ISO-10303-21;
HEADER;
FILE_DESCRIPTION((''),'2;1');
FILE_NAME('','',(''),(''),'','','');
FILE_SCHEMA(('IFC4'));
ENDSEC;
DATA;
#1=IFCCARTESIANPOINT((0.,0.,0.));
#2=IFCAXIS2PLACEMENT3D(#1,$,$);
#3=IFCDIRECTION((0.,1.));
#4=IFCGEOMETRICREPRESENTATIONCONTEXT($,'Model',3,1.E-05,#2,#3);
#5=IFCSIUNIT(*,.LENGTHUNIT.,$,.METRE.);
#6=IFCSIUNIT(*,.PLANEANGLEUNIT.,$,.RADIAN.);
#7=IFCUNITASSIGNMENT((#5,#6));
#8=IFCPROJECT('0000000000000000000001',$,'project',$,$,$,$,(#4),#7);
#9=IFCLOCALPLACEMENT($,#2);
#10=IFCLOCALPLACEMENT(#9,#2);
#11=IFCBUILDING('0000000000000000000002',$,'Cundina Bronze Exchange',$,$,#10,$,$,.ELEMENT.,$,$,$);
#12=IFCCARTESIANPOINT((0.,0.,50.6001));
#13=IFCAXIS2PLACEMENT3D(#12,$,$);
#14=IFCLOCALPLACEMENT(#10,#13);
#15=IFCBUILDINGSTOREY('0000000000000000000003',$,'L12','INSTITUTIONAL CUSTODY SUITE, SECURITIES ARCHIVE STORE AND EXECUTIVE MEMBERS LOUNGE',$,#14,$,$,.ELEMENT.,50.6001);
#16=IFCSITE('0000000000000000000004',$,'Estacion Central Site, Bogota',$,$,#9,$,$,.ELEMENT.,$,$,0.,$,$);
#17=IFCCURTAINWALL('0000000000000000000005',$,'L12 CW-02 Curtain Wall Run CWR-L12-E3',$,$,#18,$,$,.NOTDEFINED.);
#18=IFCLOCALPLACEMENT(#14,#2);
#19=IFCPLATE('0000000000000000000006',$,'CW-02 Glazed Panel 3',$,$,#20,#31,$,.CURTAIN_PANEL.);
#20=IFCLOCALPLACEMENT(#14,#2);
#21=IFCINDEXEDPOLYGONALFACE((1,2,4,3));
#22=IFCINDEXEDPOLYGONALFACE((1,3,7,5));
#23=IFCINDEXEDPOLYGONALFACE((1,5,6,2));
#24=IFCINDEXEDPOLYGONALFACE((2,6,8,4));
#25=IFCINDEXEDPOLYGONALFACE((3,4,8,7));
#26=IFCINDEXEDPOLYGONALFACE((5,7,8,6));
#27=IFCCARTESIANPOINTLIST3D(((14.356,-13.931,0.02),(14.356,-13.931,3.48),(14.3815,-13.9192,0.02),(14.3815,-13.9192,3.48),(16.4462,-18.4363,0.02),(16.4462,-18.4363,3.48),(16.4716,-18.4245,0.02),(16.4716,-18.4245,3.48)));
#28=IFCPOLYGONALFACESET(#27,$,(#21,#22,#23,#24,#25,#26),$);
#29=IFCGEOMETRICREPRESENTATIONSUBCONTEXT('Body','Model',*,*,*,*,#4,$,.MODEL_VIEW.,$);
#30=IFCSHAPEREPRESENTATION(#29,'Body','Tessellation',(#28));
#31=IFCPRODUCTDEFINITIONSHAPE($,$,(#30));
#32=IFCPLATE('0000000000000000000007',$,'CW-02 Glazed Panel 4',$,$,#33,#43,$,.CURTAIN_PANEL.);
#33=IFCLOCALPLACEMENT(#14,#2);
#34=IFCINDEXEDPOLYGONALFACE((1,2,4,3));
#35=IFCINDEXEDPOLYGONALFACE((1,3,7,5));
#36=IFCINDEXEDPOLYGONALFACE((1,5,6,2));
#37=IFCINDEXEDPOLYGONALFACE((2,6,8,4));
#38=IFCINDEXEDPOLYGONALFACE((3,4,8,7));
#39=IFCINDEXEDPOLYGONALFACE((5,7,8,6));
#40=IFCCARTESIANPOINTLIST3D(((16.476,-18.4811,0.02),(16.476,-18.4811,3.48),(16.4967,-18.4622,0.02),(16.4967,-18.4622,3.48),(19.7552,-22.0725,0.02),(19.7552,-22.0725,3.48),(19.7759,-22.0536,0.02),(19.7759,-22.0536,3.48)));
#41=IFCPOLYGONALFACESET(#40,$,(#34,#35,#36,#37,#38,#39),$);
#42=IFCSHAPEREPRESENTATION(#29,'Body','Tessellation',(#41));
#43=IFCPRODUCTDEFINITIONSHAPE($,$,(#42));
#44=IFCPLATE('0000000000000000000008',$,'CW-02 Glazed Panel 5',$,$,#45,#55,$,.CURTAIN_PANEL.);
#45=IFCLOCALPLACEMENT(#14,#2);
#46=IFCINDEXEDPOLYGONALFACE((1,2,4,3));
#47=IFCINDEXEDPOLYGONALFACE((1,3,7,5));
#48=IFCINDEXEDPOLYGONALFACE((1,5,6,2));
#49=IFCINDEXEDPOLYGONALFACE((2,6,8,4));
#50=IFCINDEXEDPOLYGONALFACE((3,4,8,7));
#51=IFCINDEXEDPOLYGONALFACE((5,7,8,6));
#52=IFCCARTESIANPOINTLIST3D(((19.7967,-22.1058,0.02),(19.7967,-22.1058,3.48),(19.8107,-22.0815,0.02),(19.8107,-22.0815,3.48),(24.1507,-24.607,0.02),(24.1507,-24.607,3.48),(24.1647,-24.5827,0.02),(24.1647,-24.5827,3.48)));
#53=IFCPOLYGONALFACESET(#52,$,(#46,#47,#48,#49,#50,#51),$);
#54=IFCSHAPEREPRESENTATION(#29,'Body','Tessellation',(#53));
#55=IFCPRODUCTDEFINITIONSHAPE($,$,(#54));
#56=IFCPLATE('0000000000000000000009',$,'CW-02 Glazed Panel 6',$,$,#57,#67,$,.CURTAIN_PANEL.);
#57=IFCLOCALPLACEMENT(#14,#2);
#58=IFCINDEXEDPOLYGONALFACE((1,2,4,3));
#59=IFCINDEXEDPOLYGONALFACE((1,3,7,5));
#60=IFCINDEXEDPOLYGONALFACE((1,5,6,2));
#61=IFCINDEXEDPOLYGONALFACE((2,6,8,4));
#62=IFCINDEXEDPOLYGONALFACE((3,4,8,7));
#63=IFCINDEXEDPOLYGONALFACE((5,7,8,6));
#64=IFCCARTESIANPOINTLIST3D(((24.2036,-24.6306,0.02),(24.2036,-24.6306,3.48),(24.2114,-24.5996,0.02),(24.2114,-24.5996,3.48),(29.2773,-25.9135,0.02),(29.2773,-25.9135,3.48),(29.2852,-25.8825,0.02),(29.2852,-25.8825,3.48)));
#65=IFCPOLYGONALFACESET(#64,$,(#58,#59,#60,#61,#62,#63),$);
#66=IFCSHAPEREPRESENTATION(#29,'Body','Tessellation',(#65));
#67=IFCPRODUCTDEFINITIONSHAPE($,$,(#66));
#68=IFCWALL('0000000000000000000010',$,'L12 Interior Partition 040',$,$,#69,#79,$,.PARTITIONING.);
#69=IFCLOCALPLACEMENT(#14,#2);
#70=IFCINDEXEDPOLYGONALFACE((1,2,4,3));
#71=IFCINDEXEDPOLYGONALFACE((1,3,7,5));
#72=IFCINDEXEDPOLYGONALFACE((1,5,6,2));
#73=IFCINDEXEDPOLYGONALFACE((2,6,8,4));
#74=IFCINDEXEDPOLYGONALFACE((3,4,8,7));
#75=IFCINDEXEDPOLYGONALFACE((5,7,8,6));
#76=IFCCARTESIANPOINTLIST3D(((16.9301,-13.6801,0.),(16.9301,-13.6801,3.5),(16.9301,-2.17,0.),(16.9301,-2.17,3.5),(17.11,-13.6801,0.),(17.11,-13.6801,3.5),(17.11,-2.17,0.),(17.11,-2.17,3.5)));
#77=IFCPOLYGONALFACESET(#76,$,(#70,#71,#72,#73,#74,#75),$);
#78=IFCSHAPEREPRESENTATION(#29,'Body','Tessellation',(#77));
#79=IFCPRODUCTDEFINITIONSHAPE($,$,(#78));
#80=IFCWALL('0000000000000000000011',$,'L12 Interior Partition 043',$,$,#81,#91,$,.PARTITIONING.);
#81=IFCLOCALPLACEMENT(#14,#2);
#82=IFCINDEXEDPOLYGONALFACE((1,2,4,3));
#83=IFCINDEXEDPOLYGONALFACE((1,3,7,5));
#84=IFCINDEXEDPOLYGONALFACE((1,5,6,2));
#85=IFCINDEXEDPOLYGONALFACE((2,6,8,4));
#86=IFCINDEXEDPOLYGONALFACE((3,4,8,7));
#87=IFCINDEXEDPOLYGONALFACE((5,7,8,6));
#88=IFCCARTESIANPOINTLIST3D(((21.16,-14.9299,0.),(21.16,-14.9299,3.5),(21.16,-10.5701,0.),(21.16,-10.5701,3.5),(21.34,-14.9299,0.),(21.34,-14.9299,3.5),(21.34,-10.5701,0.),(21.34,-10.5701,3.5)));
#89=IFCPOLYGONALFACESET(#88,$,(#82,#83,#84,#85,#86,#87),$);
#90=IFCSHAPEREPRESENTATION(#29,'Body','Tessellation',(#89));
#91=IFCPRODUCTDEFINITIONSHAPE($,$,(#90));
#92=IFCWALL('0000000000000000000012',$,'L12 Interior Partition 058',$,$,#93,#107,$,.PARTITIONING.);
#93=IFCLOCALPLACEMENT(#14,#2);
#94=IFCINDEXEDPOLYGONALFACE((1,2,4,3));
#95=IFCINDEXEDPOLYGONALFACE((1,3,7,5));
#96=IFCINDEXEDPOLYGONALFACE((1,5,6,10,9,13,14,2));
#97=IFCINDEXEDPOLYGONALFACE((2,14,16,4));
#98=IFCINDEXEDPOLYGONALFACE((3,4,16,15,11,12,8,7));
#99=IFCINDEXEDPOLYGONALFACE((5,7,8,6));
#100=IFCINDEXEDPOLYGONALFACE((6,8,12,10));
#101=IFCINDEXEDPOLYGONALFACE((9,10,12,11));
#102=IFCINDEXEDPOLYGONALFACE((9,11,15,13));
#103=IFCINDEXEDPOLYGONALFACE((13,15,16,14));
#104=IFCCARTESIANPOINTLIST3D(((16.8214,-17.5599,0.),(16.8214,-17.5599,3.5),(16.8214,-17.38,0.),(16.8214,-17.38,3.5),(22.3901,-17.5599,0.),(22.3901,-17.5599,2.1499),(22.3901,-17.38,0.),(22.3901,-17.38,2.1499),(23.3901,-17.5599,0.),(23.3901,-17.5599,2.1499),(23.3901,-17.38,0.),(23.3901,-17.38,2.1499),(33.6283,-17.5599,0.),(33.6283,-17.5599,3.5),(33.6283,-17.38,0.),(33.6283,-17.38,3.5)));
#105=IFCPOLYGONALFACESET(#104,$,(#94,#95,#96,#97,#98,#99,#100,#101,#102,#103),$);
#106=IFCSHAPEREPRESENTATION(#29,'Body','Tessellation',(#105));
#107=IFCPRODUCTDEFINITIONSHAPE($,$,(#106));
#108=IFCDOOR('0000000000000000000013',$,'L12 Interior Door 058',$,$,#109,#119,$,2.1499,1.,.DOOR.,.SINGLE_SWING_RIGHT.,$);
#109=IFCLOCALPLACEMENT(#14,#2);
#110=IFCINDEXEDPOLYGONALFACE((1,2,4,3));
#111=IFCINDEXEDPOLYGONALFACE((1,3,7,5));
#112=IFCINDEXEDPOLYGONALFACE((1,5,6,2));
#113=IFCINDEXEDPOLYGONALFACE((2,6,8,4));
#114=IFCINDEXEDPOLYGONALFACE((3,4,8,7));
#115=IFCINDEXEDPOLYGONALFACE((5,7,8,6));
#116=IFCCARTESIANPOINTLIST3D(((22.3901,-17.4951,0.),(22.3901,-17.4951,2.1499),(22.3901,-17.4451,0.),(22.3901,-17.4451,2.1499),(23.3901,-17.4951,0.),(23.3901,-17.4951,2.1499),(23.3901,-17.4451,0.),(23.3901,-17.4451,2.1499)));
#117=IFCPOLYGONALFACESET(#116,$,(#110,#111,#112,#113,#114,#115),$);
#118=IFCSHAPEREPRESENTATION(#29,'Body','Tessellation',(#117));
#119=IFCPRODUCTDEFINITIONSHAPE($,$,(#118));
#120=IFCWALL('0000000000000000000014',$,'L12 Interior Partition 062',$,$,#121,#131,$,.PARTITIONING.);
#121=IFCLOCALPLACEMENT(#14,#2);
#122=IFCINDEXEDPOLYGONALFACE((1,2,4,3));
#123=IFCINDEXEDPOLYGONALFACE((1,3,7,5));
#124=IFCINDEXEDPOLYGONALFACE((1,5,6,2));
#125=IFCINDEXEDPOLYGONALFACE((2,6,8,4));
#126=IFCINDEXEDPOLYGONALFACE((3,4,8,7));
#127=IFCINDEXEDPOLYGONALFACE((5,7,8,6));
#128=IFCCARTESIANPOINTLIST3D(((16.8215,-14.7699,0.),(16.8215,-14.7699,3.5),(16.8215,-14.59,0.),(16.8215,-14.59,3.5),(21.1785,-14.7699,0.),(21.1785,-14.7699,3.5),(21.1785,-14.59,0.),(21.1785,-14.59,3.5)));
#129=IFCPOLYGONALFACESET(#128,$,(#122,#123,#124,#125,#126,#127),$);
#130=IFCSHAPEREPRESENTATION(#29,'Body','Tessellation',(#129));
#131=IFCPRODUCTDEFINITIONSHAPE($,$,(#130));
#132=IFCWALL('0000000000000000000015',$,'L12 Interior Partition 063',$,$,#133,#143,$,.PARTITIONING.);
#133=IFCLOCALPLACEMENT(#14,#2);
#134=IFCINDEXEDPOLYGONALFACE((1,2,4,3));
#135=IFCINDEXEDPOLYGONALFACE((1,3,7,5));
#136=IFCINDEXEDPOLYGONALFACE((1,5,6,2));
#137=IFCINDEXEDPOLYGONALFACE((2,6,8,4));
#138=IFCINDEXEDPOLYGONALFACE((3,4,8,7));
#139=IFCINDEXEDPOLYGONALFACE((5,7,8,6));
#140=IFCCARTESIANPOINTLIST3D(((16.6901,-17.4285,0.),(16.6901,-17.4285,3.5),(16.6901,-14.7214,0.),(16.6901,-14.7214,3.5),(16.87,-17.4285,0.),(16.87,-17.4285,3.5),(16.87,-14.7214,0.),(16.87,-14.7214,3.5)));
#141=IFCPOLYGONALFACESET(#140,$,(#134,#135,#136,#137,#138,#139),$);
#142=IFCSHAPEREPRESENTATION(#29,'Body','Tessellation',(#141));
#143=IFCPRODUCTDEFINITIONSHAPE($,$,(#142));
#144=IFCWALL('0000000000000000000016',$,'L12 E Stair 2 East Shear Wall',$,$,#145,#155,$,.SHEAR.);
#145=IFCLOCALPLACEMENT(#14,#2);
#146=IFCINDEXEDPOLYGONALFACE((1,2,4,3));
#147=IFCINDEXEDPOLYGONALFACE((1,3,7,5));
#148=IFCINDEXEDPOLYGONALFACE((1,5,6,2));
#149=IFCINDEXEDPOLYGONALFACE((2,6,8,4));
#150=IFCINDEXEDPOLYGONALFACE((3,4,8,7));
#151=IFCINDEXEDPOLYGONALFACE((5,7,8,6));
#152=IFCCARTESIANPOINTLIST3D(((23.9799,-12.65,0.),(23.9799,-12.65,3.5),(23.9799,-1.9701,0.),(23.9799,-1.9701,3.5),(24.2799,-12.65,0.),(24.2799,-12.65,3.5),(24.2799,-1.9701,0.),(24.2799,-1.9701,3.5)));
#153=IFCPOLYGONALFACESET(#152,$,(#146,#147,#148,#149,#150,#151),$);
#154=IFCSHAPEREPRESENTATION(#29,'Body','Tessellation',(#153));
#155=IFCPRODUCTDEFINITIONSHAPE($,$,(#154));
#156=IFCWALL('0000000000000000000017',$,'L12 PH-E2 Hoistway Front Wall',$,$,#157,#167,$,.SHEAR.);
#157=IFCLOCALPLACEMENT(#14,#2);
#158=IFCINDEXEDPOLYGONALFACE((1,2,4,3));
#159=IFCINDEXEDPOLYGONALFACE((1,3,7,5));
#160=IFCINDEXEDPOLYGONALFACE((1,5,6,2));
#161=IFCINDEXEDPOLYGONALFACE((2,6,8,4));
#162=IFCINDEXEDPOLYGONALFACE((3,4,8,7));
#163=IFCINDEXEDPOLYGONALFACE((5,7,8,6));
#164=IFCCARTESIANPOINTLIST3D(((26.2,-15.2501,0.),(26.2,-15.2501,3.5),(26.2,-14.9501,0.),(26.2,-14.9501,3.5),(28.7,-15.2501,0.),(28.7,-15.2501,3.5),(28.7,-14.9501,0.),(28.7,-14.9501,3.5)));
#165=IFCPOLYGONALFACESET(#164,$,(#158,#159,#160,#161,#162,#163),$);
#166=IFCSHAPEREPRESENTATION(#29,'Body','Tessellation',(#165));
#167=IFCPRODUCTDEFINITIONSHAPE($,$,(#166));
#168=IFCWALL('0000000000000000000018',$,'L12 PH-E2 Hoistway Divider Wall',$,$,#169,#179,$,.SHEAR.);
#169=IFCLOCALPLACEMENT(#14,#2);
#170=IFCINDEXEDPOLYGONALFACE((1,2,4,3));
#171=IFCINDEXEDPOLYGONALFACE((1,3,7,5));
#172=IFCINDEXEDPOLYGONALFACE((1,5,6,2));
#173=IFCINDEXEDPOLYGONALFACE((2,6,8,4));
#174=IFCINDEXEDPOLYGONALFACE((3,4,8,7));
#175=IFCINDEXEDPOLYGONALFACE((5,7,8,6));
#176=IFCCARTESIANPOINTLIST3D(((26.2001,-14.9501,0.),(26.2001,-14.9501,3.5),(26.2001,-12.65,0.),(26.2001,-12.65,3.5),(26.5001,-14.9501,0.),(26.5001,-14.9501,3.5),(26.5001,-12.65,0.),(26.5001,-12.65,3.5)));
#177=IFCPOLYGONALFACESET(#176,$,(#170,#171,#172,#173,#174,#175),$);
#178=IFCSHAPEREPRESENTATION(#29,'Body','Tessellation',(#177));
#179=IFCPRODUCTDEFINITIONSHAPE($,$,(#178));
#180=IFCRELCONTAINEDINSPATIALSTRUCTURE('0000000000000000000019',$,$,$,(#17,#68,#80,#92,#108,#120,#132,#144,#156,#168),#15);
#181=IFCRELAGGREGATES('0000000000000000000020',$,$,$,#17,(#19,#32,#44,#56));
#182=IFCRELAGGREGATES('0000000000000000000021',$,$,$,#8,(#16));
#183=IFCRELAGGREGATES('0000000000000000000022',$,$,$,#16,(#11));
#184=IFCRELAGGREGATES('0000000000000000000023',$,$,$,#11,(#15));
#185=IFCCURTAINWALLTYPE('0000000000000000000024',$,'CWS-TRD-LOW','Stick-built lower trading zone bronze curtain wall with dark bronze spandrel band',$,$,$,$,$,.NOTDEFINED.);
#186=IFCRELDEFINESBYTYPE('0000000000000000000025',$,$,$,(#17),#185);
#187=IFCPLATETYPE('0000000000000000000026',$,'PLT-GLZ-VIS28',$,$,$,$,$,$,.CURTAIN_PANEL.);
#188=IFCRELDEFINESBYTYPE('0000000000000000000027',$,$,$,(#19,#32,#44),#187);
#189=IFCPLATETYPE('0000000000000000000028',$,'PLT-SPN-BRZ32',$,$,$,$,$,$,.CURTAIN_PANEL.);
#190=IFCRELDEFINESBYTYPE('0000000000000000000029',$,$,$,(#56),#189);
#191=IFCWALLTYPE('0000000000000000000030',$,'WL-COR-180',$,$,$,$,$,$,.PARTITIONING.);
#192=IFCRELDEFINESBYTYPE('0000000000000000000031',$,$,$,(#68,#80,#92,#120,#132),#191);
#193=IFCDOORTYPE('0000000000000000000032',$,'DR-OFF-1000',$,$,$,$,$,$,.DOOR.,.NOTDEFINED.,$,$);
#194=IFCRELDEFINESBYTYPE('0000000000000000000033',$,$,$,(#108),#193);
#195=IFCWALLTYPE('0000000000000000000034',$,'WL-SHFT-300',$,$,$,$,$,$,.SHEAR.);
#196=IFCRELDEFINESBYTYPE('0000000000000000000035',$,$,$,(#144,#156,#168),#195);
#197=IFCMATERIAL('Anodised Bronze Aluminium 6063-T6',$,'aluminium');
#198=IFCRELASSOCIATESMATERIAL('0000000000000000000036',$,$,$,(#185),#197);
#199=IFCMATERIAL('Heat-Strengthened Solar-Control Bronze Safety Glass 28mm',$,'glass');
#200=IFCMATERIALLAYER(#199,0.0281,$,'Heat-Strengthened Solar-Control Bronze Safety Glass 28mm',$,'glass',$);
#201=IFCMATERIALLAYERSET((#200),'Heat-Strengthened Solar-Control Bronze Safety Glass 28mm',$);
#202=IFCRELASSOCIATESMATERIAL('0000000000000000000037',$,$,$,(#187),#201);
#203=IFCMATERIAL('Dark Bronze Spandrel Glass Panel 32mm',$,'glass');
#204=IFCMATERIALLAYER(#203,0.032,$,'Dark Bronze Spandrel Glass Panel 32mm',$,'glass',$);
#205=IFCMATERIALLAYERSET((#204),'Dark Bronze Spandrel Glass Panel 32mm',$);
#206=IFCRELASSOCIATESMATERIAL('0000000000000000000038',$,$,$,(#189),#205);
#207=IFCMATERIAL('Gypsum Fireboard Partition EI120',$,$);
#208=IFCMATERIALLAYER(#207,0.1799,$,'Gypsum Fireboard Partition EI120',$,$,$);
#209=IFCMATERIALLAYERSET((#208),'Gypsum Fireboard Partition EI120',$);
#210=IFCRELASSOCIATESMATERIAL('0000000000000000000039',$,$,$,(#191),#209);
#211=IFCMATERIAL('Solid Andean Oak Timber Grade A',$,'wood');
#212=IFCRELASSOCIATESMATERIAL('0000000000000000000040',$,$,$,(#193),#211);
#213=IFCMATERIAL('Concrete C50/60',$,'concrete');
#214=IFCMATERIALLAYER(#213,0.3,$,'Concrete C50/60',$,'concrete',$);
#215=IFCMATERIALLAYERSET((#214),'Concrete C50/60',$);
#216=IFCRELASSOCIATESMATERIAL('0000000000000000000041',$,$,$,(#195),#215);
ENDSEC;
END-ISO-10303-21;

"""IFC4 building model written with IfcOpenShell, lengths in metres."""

from ifc_helpers import new_model, si_unit, direction, frame, frame_2d, origin, origin_2d, place, context, subcontext, project, spatial, rectangle, extrude, material, layer, layer_set, type_object, element, fill, aggregate, save


model = new_model("IFC4")

# Units and contexts
model_context = context("Model", 3, precision=1e-05, world=origin(), true_north=direction((0.0, 1.0)))
body_context = subcontext(model_context, "Body", "Model", "MODEL_VIEW")
ifc_project = project(units=[si_unit("LENGTHUNIT", "METRE"), si_unit("PLANEANGLEUNIT", "RADIAN")], contexts=[model_context])

# Site, building, storey
site_placement = place(None, origin())
site = spatial("IfcSite", under=ifc_project, at=site_placement, Name="Estacion Central Site, Bogota", CompositionType="ELEMENT", RefElevation=0.0)
building_placement = place(site_placement, origin())
building = spatial("IfcBuilding", under=site, at=building_placement, Name="Cundina Bronze Exchange", CompositionType="ELEMENT")
storey_placement = place(building_placement, frame((0.0, 0.0, 50.6001)))
storey = spatial("IfcBuildingStorey", under=building, at=storey_placement, Name="L12", Description="INSTITUTIONAL CUSTODY SUITE, SECURITIES ARCHIVE STORE AND EXECUTIVE MEMBERS LOUNGE", CompositionType="ELEMENT", Elevation=50.6001)

# Curtain wall, plates
ifc_material_1 = material(Name="Anodised Bronze Aluminium 6063-T6", Category="aluminium")
curtain_wall_type = type_object("IfcCurtainWallType", Name="CWS-TRD-LOW", Description="Stick-built lower trading zone bronze curtain wall with dark bronze spandrel band", PredefinedType="NOTDEFINED", material=ifc_material_1)
curtain_wall_placement = place(storey_placement, origin())
curtain_wall = element("IfcCurtainWall", 1, at=curtain_wall_placement, inside=storey, type_object=curtain_wall_type, Name="L12 CW-02 Curtain Wall Run CWR-L12-E3", PredefinedType="NOTDEFINED")
ifc_material_2 = material(Name="Heat-Strengthened Solar-Control Bronze Safety Glass 28mm", Category="glass")
ifc_layer_1 = layer(ifc_material_2, 0.0281, Name="Heat-Strengthened Solar-Control Bronze Safety Glass 28mm", Category="glass")
ifc_layer_set_1 = layer_set([ifc_layer_1], Name="Heat-Strengthened Solar-Control Bronze Safety Glass 28mm")
plate_type_1 = type_object("IfcPlateType", Name="PLT-GLZ-VIS28", PredefinedType="CURTAIN_PANEL", material=ifc_layer_set_1)
plate_1_placement = place(storey_placement, frame((15.4138, -16.1777, 0.02), z_axis=(0.0, 0.0, 1.0), x_axis=(0.420846, -0.907132, 0.0)))
plate_1 = element("IfcPlate", 2, at=plate_1_placement, type_object=plate_type_1, Name="CW-02 Glazed Panel 3", PredefinedType="CURTAIN_PANEL", context=body_context, shape_type="SweptSolid", body=[
    extrude(rectangle(XDim=4.9666, YDim=0.0281, at=origin_2d()), origin(), (0.0, 0.0, 1.0), 3.46),
])
plate_2_placement = place(storey_placement, frame((18.126, -20.2673, 0.02), z_axis=(0.0, 0.0, 1.0), x_axis=(0.674277, -0.738479, 0.0)))
plate_2 = element("IfcPlate", 3, at=plate_2_placement, type_object=plate_type_1, Name="CW-02 Glazed Panel 4", PredefinedType="CURTAIN_PANEL", context=body_context, shape_type="SweptSolid", body=[
    extrude(rectangle(XDim=4.8633, YDim=0.0281, at=origin_2d()), origin(), (0.0, 0.0, 1.0), 3.46),
])
plate_3_placement = place(storey_placement, frame((21.9807, -23.3442, 0.02), z_axis=(0.0, 0.0, 1.0), x_axis=(0.867105, -0.498125, 0.0)))
plate_3 = element("IfcPlate", 4, at=plate_3_placement, type_object=plate_type_1, Name="CW-02 Glazed Panel 5", PredefinedType="CURTAIN_PANEL", context=body_context, shape_type="SweptSolid", body=[
    extrude(rectangle(XDim=5.0212, YDim=0.0281, at=origin_2d()), origin(), (0.0, 0.0, 1.0), 3.46),
])
ifc_material_3 = material(Name="Dark Bronze Spandrel Glass Panel 32mm", Category="glass")
ifc_layer_2 = layer(ifc_material_3, 0.032, Name="Dark Bronze Spandrel Glass Panel 32mm", Category="glass")
ifc_layer_set_2 = layer_set([ifc_layer_2], Name="Dark Bronze Spandrel Glass Panel 32mm")
plate_type_2 = type_object("IfcPlateType", Name="PLT-SPN-BRZ32", PredefinedType="CURTAIN_PANEL", material=ifc_layer_set_2)
plate_4_placement = place(storey_placement, frame((26.7444, -25.2566, 0.02), z_axis=(0.0, 0.0, 1.0), x_axis=(0.969488, -0.245138, 0.0)))
plate_4 = element("IfcPlate", 5, at=plate_4_placement, type_object=plate_type_2, Name="CW-02 Glazed Panel 6", PredefinedType="CURTAIN_PANEL", context=body_context, shape_type="SweptSolid", body=[
    extrude(rectangle(XDim=5.2334, YDim=0.032, at=origin_2d()), origin(), (0.0, 0.0, 1.0), 3.46),
])
aggregate(curtain_wall, [plate_1, plate_2, plate_3, plate_4])

# Walls
ifc_material_4 = material(Name="Gypsum Fireboard Partition EI120")
ifc_layer_3 = layer(ifc_material_4, 0.1799, Name="Gypsum Fireboard Partition EI120")
ifc_layer_set_3 = layer_set([ifc_layer_3], Name="Gypsum Fireboard Partition EI120")
wall_type_1 = type_object("IfcWallType", Name="WL-COR-180", PredefinedType="PARTITIONING", material=ifc_layer_set_3)
wall_1_placement = place(storey_placement, frame((17.02, -13.6799, 0.0), z_axis=(0.0, 0.0, 1.0), x_axis=(0.0, 1.0, 0.0)))
element("IfcWall", 6, at=wall_1_placement, inside=storey, type_object=wall_type_1, Name="L12 Interior Partition 040", PredefinedType="PARTITIONING", context=body_context, shape_type="SweptSolid", body=[
    extrude(rectangle(XDim=11.51, YDim=0.1799, at=frame_2d((5.7549, 0.0))), origin(), (0.0, 0.0, 1.0), 3.5),
])
wall_2_placement = place(storey_placement, frame((21.25, -14.9299, 0.0), z_axis=(0.0, 0.0, 1.0), x_axis=(0.0, 1.0, 0.0)))
element("IfcWall", 7, at=wall_2_placement, inside=storey, type_object=wall_type_1, Name="L12 Interior Partition 043", PredefinedType="PARTITIONING", context=body_context, shape_type="SweptSolid", body=[
    extrude(rectangle(XDim=4.3599, YDim=0.1799, at=frame_2d((2.1799, 0.0))), origin(), (0.0, 0.0, 1.0), 3.5),
])

# Wall, opening, door
wall_3_placement = place(storey_placement, frame((16.8215, -17.47, 0.0), z_axis=(0.0, 0.0, 1.0), x_axis=(1.0, 0.0, 0.0)))
wall_3 = element("IfcWall", 8, at=wall_3_placement, inside=storey, type_object=wall_type_1, Name="L12 Interior Partition 058", PredefinedType="PARTITIONING", context=body_context, shape_type="SweptSolid", body=[
    extrude(rectangle(XDim=16.8069, YDim=0.1799, at=frame_2d((8.4033, 0.0))), origin(), (0.0, 0.0, 1.0), 3.5),
])
opening_placement = place(wall_3_placement, frame((5.5686, 0.0, 0.0)))
opening = element("IfcOpeningElement", 9, at=opening_placement, cuts=wall_3, PredefinedType="OPENING", context=body_context, shape_type="SweptSolid", body=[
    extrude(rectangle(XDim=1.0, YDim=2.1499, at=frame_2d((0.5, 1.075))), frame((0.0, 0.0999, 0.0), z_axis=(0.0, -1.0, 0.0), x_axis=(1.0, 0.0, 0.0)), (0.0, 0.0, 1.0), 0.2),
])
ifc_material_5 = material(Name="Solid Andean Oak Timber Grade A", Category="wood")
door_type = type_object("IfcDoorType", Name="DR-OFF-1000", OperationType="NOTDEFINED", PredefinedType="DOOR", material=ifc_material_5)
door_placement = place(opening_placement, origin())
door = element("IfcDoor", 10, at=door_placement, inside=storey, type_object=door_type, Name="L12 Interior Door 058", OperationType="SINGLE_SWING_RIGHT", OverallHeight=2.1499, OverallWidth=1.0, PredefinedType="DOOR", context=body_context, shape_type="SweptSolid", body=[
    extrude(rectangle(XDim=1.0, YDim=2.1499, at=frame_2d((0.5, 1.075))), frame((0.0, 0.0249, 0.0), z_axis=(0.0, -1.0, 0.0), x_axis=(1.0, 0.0, 0.0)), (0.0, 0.0, 1.0), 0.05),
])
fill(opening, door)

# Walls
wall_4_placement = place(storey_placement, frame((21.1785, -14.6799, 0.0), z_axis=(0.0, 0.0, 1.0), x_axis=(-1.0, 0.0, 0.0)))
element("IfcWall", 11, at=wall_4_placement, inside=storey, type_object=wall_type_1, Name="L12 Interior Partition 062", PredefinedType="PARTITIONING", context=body_context, shape_type="SweptSolid", body=[
    extrude(rectangle(XDim=4.3569, YDim=0.1799, at=frame_2d((2.1785, 0.0))), origin(), (0.0, 0.0, 1.0), 3.5),
])
wall_5_placement = place(storey_placement, frame((16.78, -14.7214, 0.0), z_axis=(0.0, 0.0, 1.0), x_axis=(0.0, -1.0, 0.0)))
element("IfcWall", 12, at=wall_5_placement, inside=storey, type_object=wall_type_1, Name="L12 Interior Partition 063", PredefinedType="PARTITIONING", context=body_context, shape_type="SweptSolid", body=[
    extrude(rectangle(XDim=2.707, YDim=0.1799, at=frame_2d((1.3535, 0.0))), origin(), (0.0, 0.0, 1.0), 3.5),
])
ifc_material_6 = material(Name="Concrete C50/60", Category="concrete")
ifc_layer_4 = layer(ifc_material_6, 0.3, Name="Concrete C50/60", Category="concrete")
ifc_layer_set_4 = layer_set([ifc_layer_4], Name="Concrete C50/60")
wall_type_2 = type_object("IfcWallType", Name="WL-SHFT-300", PredefinedType="SHEAR", material=ifc_layer_set_4)
wall_6_placement = place(storey_placement, frame((24.1299, -12.6499, 0.0), z_axis=(0.0, 0.0, 1.0), x_axis=(0.0, 1.0, 0.0)))
element("IfcWall", 13, at=wall_6_placement, inside=storey, type_object=wall_type_2, Name="L12 E Stair 2 East Shear Wall", PredefinedType="SHEAR", context=body_context, shape_type="SweptSolid", body=[
    extrude(rectangle(XDim=10.6799, YDim=0.3, at=frame_2d((5.3398, 0.0))), origin(), (0.0, 0.0, 1.0), 3.5),
])
wall_7_placement = place(storey_placement, frame((26.2, -15.1001, 0.0), z_axis=(0.0, 0.0, 1.0), x_axis=(1.0, 0.0, 0.0)))
element("IfcWall", 14, at=wall_7_placement, inside=storey, type_object=wall_type_2, Name="L12 PH-E2 Hoistway Front Wall", PredefinedType="SHEAR", context=body_context, shape_type="SweptSolid", body=[
    extrude(rectangle(XDim=2.5, YDim=0.3, at=frame_2d((1.25, 0.0))), origin(), (0.0, 0.0, 1.0), 3.5),
])
wall_8_placement = place(storey_placement, frame((26.3501, -14.95, 0.0), z_axis=(0.0, 0.0, 1.0), x_axis=(0.0, 1.0, 0.0)))
element("IfcWall", 15, at=wall_8_placement, inside=storey, type_object=wall_type_2, Name="L12 PH-E2 Hoistway Divider Wall", PredefinedType="SHEAR", context=body_context, shape_type="SweptSolid", body=[
    extrude(rectangle(XDim=2.3, YDim=0.3, at=frame_2d((1.1499, 0.0))), origin(), (0.0, 0.0, 1.0), 3.5),
])

save(model, "model.ifc")
